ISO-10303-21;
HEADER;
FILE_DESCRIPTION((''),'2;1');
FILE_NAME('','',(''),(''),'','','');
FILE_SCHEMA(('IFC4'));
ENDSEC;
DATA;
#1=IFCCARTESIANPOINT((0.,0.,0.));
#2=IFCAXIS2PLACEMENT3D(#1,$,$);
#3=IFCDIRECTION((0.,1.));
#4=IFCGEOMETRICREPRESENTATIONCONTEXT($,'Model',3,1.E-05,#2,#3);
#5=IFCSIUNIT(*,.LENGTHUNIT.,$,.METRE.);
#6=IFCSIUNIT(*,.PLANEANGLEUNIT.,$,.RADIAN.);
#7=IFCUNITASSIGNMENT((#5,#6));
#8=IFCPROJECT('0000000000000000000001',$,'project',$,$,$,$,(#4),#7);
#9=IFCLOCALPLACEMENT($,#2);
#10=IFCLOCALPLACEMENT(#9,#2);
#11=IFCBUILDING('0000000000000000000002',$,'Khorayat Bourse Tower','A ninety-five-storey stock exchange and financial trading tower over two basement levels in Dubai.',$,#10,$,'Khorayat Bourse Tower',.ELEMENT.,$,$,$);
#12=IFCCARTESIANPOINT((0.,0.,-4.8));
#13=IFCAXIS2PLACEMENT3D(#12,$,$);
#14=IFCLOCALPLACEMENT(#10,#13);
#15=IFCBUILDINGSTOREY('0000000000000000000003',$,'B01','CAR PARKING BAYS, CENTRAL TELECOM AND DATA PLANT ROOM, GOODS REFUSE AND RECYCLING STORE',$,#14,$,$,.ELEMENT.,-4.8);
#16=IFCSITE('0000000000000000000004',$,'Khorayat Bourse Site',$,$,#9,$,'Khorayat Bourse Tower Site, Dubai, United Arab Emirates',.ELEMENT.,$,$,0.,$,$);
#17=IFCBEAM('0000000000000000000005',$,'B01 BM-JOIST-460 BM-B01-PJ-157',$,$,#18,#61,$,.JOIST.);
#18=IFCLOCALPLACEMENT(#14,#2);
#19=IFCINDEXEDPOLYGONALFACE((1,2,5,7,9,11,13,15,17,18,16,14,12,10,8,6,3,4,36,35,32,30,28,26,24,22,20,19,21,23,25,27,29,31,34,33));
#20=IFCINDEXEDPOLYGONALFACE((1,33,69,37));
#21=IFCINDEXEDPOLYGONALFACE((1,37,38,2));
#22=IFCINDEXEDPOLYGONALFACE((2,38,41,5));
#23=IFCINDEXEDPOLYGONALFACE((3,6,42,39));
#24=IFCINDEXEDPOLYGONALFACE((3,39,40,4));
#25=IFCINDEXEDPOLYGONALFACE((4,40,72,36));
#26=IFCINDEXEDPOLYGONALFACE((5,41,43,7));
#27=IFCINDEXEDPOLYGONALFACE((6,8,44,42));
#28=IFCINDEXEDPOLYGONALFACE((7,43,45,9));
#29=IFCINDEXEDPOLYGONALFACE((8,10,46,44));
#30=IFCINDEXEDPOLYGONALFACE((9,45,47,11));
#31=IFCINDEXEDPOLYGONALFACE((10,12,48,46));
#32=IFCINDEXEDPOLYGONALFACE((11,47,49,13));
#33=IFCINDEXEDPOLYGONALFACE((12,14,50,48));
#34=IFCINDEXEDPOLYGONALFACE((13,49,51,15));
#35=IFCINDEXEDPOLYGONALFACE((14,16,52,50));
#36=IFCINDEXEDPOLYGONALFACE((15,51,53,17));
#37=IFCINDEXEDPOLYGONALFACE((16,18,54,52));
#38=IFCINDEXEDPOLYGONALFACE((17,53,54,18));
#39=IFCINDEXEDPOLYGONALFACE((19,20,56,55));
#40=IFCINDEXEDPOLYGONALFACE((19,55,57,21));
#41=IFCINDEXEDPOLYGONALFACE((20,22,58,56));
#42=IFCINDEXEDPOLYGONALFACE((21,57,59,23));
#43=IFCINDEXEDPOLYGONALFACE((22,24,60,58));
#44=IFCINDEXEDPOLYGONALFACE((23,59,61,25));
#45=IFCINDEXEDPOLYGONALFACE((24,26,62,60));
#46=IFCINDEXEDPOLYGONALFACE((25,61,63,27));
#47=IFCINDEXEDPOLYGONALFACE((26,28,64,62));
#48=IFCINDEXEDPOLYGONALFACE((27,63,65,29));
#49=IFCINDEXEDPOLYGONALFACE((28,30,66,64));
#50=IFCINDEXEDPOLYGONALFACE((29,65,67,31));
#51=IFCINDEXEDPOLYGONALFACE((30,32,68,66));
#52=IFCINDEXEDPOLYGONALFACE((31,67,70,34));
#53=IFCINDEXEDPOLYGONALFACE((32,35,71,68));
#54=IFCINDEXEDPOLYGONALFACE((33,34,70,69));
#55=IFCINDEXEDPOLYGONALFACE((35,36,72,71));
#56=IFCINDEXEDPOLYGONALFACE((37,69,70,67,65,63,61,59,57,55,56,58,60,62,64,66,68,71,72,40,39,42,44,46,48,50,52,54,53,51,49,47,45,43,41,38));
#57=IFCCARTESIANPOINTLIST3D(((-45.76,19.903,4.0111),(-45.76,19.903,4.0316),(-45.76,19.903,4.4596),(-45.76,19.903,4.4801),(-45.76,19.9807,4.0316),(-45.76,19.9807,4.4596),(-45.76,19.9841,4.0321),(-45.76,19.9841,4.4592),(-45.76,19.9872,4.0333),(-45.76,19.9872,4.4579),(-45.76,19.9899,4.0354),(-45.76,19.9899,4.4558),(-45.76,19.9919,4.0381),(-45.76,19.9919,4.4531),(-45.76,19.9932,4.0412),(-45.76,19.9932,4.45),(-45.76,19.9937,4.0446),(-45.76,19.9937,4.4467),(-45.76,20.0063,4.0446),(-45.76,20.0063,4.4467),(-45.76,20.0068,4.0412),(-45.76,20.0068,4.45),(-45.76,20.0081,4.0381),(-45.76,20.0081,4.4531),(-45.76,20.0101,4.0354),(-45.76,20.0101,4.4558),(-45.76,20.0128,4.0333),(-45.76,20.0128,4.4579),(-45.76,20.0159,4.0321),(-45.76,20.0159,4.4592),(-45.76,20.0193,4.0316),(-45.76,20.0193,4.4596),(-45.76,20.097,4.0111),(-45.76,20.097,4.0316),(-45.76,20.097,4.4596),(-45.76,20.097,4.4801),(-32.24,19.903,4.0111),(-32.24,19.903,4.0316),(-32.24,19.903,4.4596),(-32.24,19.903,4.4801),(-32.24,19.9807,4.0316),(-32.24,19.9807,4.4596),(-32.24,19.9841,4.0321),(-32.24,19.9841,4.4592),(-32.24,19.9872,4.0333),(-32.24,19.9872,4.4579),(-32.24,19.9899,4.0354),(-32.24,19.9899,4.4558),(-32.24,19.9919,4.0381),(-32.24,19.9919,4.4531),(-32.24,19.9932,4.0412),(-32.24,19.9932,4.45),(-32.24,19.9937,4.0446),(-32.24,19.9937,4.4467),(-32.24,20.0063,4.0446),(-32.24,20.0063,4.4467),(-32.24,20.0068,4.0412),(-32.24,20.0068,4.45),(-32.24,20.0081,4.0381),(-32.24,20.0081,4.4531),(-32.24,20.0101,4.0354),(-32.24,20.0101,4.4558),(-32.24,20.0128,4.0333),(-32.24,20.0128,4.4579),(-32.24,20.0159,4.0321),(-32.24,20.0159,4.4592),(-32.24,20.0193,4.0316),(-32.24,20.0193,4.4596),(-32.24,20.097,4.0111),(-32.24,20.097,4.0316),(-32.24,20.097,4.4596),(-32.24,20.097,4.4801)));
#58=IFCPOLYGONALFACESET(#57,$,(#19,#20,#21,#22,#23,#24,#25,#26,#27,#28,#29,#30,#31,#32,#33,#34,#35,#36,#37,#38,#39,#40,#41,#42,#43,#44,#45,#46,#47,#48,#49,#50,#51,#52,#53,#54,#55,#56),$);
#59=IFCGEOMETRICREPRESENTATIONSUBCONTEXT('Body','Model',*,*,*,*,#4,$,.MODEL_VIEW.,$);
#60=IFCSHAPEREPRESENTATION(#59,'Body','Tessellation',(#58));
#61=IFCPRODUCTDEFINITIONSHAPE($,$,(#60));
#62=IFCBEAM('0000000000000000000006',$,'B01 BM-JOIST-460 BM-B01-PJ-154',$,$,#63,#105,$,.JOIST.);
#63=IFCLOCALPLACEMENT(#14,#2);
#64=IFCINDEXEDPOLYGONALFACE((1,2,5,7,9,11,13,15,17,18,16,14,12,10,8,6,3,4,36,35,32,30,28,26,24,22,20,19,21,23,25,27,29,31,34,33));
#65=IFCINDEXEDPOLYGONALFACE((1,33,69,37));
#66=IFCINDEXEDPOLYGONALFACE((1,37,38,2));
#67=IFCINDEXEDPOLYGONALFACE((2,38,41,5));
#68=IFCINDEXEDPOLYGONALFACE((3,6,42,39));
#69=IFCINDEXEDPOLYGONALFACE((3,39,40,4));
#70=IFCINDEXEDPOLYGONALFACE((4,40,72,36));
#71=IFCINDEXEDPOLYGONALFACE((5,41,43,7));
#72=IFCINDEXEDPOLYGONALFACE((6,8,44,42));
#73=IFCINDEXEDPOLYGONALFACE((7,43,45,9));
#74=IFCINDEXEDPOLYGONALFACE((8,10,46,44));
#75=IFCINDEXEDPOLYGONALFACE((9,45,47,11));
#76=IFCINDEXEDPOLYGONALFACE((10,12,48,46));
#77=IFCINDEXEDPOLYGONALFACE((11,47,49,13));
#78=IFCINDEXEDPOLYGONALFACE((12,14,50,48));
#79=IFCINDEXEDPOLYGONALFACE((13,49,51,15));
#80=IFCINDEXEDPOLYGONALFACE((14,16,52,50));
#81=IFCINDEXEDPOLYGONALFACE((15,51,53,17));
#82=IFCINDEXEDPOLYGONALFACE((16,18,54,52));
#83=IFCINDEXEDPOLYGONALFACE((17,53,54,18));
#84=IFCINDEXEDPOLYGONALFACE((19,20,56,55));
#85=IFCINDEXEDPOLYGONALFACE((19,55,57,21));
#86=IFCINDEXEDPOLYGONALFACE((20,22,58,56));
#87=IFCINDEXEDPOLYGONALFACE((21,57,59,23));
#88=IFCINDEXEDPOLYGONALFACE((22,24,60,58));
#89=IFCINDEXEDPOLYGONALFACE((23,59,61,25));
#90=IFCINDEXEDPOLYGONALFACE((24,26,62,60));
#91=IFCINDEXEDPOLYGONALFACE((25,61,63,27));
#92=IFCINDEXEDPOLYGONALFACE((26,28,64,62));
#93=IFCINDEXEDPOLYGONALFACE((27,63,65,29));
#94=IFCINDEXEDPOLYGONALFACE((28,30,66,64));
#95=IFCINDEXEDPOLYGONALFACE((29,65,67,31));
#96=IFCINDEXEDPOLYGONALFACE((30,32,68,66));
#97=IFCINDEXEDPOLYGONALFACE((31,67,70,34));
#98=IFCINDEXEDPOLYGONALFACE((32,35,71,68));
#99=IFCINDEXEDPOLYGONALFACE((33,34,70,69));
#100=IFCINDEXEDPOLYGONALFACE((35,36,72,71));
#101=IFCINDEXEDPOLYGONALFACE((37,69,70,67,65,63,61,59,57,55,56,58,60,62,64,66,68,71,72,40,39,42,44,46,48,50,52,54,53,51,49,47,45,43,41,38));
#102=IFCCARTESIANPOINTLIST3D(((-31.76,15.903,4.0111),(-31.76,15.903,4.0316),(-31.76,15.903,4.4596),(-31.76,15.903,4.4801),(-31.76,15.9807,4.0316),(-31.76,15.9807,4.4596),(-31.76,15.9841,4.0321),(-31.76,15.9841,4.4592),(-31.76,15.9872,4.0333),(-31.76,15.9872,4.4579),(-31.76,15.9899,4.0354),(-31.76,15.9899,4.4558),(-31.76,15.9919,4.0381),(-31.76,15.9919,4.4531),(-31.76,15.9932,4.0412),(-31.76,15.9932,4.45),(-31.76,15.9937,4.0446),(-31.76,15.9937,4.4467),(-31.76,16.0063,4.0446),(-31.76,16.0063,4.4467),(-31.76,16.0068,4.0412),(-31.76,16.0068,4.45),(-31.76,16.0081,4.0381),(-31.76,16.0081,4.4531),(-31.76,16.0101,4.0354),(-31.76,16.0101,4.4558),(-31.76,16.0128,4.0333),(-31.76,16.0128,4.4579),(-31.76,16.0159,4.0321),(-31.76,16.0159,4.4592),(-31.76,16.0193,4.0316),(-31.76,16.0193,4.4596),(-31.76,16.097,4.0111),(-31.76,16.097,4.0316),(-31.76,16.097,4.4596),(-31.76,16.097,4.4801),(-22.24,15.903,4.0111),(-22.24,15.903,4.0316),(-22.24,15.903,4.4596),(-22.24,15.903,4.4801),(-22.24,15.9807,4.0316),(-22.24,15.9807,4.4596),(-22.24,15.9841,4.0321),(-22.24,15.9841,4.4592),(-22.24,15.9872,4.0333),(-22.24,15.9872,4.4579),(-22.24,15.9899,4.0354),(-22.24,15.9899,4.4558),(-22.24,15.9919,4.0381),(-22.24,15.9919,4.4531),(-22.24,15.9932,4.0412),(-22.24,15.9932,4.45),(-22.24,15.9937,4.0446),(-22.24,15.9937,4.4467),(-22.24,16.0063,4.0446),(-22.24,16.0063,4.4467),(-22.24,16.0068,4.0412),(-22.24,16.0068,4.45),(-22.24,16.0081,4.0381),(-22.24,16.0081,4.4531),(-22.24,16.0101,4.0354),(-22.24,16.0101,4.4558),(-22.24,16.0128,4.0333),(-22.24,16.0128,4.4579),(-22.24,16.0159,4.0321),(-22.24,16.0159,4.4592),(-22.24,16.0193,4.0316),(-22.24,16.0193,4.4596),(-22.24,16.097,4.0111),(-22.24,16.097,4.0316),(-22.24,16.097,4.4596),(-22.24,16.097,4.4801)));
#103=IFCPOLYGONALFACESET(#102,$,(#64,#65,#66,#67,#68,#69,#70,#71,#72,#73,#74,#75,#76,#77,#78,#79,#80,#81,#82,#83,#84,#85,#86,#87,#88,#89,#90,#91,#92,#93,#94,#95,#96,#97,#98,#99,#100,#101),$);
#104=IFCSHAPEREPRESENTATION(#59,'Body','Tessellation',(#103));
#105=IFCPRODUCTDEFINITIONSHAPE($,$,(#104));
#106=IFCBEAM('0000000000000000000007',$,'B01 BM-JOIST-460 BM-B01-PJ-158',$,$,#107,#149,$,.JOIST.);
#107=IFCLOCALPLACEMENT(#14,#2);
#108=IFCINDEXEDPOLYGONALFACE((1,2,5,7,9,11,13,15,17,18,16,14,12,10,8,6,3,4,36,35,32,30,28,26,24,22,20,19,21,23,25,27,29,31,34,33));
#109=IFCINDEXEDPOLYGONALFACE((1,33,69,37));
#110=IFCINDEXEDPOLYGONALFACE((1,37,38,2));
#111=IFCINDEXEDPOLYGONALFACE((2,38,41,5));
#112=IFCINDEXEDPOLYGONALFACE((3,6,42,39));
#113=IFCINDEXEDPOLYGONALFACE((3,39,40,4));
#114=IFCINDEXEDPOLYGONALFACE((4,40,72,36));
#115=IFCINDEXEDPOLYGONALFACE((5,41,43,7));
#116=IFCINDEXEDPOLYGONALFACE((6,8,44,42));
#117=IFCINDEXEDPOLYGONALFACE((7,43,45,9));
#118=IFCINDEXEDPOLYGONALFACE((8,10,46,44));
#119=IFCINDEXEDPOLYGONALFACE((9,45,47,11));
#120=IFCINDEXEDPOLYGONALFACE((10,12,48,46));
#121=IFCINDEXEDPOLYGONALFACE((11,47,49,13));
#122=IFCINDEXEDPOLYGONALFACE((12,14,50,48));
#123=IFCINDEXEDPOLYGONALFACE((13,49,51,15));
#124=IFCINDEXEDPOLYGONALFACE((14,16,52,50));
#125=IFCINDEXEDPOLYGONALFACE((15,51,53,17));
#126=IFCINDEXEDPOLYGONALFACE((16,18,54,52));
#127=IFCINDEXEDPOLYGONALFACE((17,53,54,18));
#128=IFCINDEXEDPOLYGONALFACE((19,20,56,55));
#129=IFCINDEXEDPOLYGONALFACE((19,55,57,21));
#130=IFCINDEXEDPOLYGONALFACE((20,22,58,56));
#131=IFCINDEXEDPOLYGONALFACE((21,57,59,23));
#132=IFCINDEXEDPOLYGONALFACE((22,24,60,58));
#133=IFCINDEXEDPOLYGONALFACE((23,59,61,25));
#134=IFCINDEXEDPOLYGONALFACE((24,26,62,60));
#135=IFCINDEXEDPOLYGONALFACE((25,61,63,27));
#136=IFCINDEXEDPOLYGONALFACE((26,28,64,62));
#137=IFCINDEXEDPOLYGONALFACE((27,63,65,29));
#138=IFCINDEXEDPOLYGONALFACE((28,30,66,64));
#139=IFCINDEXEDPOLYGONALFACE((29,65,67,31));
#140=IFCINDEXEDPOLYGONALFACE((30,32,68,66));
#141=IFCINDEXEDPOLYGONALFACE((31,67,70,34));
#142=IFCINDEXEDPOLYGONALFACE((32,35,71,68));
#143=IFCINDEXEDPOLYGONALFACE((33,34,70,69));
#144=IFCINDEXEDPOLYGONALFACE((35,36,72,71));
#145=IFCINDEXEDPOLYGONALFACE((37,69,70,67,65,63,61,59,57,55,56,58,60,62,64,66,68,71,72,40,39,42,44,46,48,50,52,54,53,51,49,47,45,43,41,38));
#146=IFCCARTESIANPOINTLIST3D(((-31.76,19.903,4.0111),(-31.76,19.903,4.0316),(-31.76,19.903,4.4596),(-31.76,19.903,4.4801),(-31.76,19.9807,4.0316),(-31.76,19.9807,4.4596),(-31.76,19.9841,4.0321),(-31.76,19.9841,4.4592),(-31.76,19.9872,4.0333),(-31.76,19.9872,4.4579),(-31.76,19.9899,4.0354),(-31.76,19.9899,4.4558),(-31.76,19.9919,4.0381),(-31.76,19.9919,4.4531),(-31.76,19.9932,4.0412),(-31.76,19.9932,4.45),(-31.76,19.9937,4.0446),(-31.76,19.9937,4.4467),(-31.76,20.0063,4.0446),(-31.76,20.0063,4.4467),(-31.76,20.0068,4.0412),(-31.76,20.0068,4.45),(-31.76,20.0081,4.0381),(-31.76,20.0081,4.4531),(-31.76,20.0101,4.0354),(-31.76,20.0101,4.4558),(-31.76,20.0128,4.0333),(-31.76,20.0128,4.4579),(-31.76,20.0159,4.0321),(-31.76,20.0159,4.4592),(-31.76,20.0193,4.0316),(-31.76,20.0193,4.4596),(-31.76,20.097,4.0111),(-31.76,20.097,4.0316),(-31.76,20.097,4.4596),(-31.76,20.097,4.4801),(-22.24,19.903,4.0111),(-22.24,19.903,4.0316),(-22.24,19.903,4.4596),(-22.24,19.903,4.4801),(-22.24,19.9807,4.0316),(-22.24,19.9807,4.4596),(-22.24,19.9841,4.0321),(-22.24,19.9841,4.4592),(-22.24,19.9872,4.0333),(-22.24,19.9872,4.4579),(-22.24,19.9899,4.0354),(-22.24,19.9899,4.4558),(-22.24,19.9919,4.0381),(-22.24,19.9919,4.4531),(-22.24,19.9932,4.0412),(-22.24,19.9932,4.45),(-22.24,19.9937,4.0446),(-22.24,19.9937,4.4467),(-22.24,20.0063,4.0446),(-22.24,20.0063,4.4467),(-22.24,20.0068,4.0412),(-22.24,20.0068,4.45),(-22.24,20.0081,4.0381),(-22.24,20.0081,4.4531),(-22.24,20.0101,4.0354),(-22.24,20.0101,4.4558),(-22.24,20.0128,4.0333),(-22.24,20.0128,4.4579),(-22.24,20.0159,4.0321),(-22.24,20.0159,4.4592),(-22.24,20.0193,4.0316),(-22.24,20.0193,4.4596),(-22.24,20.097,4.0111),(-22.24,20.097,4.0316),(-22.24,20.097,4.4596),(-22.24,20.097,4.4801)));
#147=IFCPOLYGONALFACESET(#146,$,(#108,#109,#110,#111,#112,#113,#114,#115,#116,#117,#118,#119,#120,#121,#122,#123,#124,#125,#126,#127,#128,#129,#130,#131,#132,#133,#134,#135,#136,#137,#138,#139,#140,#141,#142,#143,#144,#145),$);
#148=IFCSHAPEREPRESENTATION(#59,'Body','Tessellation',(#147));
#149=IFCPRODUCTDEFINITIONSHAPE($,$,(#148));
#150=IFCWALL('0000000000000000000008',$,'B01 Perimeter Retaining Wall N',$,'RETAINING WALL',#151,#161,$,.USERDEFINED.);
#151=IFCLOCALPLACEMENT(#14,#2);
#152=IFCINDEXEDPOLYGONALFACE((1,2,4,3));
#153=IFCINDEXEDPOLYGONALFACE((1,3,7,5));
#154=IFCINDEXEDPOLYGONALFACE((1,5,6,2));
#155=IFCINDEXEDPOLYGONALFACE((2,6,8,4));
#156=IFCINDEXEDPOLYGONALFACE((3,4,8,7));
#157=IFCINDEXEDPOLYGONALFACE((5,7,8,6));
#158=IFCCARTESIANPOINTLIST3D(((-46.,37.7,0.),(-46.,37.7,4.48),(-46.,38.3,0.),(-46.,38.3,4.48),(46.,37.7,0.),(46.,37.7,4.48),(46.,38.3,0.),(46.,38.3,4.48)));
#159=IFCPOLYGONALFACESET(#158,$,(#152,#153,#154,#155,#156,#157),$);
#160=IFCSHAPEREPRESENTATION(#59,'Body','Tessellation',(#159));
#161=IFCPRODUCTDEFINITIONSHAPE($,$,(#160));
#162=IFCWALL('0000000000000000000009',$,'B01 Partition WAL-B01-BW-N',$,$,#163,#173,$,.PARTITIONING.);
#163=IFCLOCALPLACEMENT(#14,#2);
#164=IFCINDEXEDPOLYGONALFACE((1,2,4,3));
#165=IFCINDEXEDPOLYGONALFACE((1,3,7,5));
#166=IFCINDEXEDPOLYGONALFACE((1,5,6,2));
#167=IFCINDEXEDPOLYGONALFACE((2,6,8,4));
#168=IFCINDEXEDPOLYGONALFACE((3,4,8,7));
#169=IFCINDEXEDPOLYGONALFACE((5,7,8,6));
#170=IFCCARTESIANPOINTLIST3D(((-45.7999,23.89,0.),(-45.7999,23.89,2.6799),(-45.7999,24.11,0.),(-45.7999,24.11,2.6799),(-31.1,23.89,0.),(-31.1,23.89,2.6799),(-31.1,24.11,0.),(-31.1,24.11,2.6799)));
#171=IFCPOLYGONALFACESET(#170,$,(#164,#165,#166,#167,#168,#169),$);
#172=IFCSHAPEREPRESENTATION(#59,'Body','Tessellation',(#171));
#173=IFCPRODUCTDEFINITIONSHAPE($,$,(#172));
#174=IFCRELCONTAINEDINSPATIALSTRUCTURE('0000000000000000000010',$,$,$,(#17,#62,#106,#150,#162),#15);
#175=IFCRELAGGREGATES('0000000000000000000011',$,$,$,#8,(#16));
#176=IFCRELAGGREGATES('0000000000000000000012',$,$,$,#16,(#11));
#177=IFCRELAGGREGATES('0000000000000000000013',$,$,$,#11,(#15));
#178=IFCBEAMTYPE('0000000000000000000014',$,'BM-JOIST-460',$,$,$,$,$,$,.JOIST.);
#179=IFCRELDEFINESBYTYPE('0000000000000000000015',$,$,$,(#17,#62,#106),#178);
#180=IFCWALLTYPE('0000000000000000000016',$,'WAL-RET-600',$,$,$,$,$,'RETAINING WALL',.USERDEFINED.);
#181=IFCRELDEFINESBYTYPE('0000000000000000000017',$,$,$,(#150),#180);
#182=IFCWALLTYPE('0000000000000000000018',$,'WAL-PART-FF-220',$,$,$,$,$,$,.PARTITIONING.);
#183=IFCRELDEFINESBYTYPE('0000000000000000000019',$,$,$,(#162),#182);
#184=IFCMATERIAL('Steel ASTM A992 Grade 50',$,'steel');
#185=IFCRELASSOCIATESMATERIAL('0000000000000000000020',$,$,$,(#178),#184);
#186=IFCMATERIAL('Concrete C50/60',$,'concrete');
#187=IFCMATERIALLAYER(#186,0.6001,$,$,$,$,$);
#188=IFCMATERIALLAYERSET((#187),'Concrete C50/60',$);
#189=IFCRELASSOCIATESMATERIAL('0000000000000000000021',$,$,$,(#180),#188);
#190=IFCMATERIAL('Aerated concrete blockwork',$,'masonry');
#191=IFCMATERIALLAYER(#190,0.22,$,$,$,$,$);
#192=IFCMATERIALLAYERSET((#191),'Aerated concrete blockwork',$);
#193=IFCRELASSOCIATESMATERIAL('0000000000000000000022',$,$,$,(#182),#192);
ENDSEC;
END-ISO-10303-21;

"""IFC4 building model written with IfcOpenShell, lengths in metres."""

from ifc_helpers import new_model, si_unit, direction, frame, frame_2d, origin, origin_2d, place, context, subcontext, project, spatial, rectangle, i_section, extrude, source, transform, mapped, material, layer, layer_set, material_profile, profile_set, type_object, element, save


model = new_model("IFC4")

# Units and contexts
model_context = context("Model", 3, precision=1e-05, world=origin(), true_north=direction((0.0, 1.0)))
body_context = subcontext(model_context, "Body", "Model", "MODEL_VIEW")
ifc_project = project(units=[si_unit("LENGTHUNIT", "METRE"), si_unit("PLANEANGLEUNIT", "RADIAN")], contexts=[model_context])

# Site, building, storey
site_placement = place(None, origin())
site = spatial("IfcSite", under=ifc_project, at=site_placement, Name="Khorayat Bourse Site", LongName="Khorayat Bourse Tower Site, Dubai, United Arab Emirates", CompositionType="ELEMENT", RefElevation=0.0)
building_placement = place(site_placement, origin())
building = spatial("IfcBuilding", under=site, at=building_placement, Name="Khorayat Bourse Tower", Description="A ninety-five-storey stock exchange and financial trading tower over two basement levels in Dubai.", LongName="Khorayat Bourse Tower", CompositionType="ELEMENT")
storey_placement = place(building_placement, frame((0.0, 0.0, -4.8)))
storey = spatial("IfcBuildingStorey", under=building, at=storey_placement, Name="B01", Description="CAR PARKING BAYS, CENTRAL TELECOM AND DATA PLANT ROOM, GOODS REFUSE AND RECYCLING STORE", CompositionType="ELEMENT", Elevation=-4.8)

# Beams
ifc_material_1 = material(Name="Steel ASTM A992 Grade 50", Category="steel")
ifc_material_profile_1 = material_profile(ifc_material_1, i_section(OverallWidth=0.1941, OverallDepth=0.469, WebThickness=0.0127, FlangeThickness=0.0205, FilletRadius=0.0129, at=origin_2d()), Name="W460X106")
ifc_profile_set_1 = profile_set([ifc_material_profile_1], Name="Steel ASTM A992 Grade 50")
beam_type_1 = type_object("IfcBeamType", Name="BM-JOIST-460", PredefinedType="JOIST", material=ifc_profile_set_1)
shared_shape_1 = source(origin(), body_context, "Body", "SweptSolid", [
    extrude(i_section(OverallWidth=0.1941, OverallDepth=0.469, WebThickness=0.0127, FlangeThickness=0.0205, FilletRadius=0.0129, at=origin_2d()), origin(), (0.0, 0.0, 1.0), 13.52),
])
for number, where, z_axis, x_axis, name in (
    (1, (-45.76, 20.0, 4.2456), (1.0, 0.0, 0.0), (0.0, 1.0, 0.0), "B01 BM-JOIST-460 BM-B01-PJ-157"),
):
    element("IfcBeam", number, at=place(storey_placement, frame(where, z_axis=z_axis, x_axis=x_axis)), inside=storey, type_object=beam_type_1, Name=name, PredefinedType="JOIST", context=body_context, shape_type="MappedRepresentation", body=[
        mapped(shared_shape_1, transform((0.0, 0.0, 0.0), scale=1.0)),
    ])
shared_shape_2 = source(origin(), body_context, "Body", "SweptSolid", [
    extrude(i_section(OverallWidth=0.1941, OverallDepth=0.469, WebThickness=0.0127, FlangeThickness=0.0205, FilletRadius=0.0129, at=origin_2d()), origin(), (0.0, 0.0, 1.0), 9.52),
])
for number, where, z_axis, x_axis, name in (
    (2, (-31.76, 16.0, 4.2456), (1.0, 0.0, 0.0), (0.0, 1.0, 0.0), "B01 BM-JOIST-460 BM-B01-PJ-154"),
    (3, (-31.76, 20.0, 4.2456), (1.0, 0.0, 0.0), (0.0, 1.0, 0.0), "B01 BM-JOIST-460 BM-B01-PJ-158"),
):
    element("IfcBeam", number, at=place(storey_placement, frame(where, z_axis=z_axis, x_axis=x_axis)), inside=storey, type_object=beam_type_1, Name=name, PredefinedType="JOIST", context=body_context, shape_type="MappedRepresentation", body=[
        mapped(shared_shape_2, transform((0.0, 0.0, 0.0), scale=1.0)),
    ])

# Walls
ifc_material_2 = material(Name="Concrete C50/60", Category="concrete")
ifc_layer_1 = layer(ifc_material_2, 0.6001)
ifc_layer_set_1 = layer_set([ifc_layer_1], Name="Concrete C50/60")
wall_type_1 = type_object("IfcWallType", Name="WAL-RET-600", ElementType="RETAINING WALL", PredefinedType="USERDEFINED", material=ifc_layer_set_1)
shared_shape_3 = source(origin(), body_context, "Body", "SweptSolid", [
    extrude(rectangle(XDim=92.0, YDim=0.6001, at=frame_2d((46.0, 0.0))), origin(), (0.0, 0.0, 1.0), 4.48),
])
wall_1_placement = place(storey_placement, frame((-46.0, 38.0, 0.0), z_axis=(0.0, 0.0, 1.0), x_axis=(1.0, 0.0, 0.0)))
element("IfcWall", 4, at=wall_1_placement, inside=storey, type_object=wall_type_1, Name="B01 Perimeter Retaining Wall N", ObjectType="RETAINING WALL", PredefinedType="USERDEFINED", context=body_context, shape_type="MappedRepresentation", body=[
    mapped(shared_shape_3, transform((0.0, 0.0, 0.0), scale=1.0)),
])
ifc_material_3 = material(Name="Aerated concrete blockwork", Category="masonry")
ifc_layer_2 = layer(ifc_material_3, 0.22)
ifc_layer_set_2 = layer_set([ifc_layer_2], Name="Aerated concrete blockwork")
wall_type_2 = type_object("IfcWallType", Name="WAL-PART-FF-220", PredefinedType="PARTITIONING", material=ifc_layer_set_2)
shared_shape_4 = source(origin(), body_context, "Body", "SweptSolid", [
    extrude(rectangle(XDim=14.7, YDim=0.22, at=frame_2d((7.3501, 0.0))), origin(), (0.0, 0.0, 1.0), 2.6799),
])
wall_2_placement = place(storey_placement, frame((-45.8, 24.0, 0.0), z_axis=(0.0, 0.0, 1.0), x_axis=(1.0, 0.0, 0.0)))
element("IfcWall", 5, at=wall_2_placement, inside=storey, type_object=wall_type_2, Name="B01 Partition WAL-B01-BW-N", PredefinedType="PARTITIONING", context=body_context, shape_type="MappedRepresentation", body=[
    mapped(shared_shape_4, transform((0.0, 0.0, 0.0), scale=1.0)),
])

save(model, "model.ifc")
